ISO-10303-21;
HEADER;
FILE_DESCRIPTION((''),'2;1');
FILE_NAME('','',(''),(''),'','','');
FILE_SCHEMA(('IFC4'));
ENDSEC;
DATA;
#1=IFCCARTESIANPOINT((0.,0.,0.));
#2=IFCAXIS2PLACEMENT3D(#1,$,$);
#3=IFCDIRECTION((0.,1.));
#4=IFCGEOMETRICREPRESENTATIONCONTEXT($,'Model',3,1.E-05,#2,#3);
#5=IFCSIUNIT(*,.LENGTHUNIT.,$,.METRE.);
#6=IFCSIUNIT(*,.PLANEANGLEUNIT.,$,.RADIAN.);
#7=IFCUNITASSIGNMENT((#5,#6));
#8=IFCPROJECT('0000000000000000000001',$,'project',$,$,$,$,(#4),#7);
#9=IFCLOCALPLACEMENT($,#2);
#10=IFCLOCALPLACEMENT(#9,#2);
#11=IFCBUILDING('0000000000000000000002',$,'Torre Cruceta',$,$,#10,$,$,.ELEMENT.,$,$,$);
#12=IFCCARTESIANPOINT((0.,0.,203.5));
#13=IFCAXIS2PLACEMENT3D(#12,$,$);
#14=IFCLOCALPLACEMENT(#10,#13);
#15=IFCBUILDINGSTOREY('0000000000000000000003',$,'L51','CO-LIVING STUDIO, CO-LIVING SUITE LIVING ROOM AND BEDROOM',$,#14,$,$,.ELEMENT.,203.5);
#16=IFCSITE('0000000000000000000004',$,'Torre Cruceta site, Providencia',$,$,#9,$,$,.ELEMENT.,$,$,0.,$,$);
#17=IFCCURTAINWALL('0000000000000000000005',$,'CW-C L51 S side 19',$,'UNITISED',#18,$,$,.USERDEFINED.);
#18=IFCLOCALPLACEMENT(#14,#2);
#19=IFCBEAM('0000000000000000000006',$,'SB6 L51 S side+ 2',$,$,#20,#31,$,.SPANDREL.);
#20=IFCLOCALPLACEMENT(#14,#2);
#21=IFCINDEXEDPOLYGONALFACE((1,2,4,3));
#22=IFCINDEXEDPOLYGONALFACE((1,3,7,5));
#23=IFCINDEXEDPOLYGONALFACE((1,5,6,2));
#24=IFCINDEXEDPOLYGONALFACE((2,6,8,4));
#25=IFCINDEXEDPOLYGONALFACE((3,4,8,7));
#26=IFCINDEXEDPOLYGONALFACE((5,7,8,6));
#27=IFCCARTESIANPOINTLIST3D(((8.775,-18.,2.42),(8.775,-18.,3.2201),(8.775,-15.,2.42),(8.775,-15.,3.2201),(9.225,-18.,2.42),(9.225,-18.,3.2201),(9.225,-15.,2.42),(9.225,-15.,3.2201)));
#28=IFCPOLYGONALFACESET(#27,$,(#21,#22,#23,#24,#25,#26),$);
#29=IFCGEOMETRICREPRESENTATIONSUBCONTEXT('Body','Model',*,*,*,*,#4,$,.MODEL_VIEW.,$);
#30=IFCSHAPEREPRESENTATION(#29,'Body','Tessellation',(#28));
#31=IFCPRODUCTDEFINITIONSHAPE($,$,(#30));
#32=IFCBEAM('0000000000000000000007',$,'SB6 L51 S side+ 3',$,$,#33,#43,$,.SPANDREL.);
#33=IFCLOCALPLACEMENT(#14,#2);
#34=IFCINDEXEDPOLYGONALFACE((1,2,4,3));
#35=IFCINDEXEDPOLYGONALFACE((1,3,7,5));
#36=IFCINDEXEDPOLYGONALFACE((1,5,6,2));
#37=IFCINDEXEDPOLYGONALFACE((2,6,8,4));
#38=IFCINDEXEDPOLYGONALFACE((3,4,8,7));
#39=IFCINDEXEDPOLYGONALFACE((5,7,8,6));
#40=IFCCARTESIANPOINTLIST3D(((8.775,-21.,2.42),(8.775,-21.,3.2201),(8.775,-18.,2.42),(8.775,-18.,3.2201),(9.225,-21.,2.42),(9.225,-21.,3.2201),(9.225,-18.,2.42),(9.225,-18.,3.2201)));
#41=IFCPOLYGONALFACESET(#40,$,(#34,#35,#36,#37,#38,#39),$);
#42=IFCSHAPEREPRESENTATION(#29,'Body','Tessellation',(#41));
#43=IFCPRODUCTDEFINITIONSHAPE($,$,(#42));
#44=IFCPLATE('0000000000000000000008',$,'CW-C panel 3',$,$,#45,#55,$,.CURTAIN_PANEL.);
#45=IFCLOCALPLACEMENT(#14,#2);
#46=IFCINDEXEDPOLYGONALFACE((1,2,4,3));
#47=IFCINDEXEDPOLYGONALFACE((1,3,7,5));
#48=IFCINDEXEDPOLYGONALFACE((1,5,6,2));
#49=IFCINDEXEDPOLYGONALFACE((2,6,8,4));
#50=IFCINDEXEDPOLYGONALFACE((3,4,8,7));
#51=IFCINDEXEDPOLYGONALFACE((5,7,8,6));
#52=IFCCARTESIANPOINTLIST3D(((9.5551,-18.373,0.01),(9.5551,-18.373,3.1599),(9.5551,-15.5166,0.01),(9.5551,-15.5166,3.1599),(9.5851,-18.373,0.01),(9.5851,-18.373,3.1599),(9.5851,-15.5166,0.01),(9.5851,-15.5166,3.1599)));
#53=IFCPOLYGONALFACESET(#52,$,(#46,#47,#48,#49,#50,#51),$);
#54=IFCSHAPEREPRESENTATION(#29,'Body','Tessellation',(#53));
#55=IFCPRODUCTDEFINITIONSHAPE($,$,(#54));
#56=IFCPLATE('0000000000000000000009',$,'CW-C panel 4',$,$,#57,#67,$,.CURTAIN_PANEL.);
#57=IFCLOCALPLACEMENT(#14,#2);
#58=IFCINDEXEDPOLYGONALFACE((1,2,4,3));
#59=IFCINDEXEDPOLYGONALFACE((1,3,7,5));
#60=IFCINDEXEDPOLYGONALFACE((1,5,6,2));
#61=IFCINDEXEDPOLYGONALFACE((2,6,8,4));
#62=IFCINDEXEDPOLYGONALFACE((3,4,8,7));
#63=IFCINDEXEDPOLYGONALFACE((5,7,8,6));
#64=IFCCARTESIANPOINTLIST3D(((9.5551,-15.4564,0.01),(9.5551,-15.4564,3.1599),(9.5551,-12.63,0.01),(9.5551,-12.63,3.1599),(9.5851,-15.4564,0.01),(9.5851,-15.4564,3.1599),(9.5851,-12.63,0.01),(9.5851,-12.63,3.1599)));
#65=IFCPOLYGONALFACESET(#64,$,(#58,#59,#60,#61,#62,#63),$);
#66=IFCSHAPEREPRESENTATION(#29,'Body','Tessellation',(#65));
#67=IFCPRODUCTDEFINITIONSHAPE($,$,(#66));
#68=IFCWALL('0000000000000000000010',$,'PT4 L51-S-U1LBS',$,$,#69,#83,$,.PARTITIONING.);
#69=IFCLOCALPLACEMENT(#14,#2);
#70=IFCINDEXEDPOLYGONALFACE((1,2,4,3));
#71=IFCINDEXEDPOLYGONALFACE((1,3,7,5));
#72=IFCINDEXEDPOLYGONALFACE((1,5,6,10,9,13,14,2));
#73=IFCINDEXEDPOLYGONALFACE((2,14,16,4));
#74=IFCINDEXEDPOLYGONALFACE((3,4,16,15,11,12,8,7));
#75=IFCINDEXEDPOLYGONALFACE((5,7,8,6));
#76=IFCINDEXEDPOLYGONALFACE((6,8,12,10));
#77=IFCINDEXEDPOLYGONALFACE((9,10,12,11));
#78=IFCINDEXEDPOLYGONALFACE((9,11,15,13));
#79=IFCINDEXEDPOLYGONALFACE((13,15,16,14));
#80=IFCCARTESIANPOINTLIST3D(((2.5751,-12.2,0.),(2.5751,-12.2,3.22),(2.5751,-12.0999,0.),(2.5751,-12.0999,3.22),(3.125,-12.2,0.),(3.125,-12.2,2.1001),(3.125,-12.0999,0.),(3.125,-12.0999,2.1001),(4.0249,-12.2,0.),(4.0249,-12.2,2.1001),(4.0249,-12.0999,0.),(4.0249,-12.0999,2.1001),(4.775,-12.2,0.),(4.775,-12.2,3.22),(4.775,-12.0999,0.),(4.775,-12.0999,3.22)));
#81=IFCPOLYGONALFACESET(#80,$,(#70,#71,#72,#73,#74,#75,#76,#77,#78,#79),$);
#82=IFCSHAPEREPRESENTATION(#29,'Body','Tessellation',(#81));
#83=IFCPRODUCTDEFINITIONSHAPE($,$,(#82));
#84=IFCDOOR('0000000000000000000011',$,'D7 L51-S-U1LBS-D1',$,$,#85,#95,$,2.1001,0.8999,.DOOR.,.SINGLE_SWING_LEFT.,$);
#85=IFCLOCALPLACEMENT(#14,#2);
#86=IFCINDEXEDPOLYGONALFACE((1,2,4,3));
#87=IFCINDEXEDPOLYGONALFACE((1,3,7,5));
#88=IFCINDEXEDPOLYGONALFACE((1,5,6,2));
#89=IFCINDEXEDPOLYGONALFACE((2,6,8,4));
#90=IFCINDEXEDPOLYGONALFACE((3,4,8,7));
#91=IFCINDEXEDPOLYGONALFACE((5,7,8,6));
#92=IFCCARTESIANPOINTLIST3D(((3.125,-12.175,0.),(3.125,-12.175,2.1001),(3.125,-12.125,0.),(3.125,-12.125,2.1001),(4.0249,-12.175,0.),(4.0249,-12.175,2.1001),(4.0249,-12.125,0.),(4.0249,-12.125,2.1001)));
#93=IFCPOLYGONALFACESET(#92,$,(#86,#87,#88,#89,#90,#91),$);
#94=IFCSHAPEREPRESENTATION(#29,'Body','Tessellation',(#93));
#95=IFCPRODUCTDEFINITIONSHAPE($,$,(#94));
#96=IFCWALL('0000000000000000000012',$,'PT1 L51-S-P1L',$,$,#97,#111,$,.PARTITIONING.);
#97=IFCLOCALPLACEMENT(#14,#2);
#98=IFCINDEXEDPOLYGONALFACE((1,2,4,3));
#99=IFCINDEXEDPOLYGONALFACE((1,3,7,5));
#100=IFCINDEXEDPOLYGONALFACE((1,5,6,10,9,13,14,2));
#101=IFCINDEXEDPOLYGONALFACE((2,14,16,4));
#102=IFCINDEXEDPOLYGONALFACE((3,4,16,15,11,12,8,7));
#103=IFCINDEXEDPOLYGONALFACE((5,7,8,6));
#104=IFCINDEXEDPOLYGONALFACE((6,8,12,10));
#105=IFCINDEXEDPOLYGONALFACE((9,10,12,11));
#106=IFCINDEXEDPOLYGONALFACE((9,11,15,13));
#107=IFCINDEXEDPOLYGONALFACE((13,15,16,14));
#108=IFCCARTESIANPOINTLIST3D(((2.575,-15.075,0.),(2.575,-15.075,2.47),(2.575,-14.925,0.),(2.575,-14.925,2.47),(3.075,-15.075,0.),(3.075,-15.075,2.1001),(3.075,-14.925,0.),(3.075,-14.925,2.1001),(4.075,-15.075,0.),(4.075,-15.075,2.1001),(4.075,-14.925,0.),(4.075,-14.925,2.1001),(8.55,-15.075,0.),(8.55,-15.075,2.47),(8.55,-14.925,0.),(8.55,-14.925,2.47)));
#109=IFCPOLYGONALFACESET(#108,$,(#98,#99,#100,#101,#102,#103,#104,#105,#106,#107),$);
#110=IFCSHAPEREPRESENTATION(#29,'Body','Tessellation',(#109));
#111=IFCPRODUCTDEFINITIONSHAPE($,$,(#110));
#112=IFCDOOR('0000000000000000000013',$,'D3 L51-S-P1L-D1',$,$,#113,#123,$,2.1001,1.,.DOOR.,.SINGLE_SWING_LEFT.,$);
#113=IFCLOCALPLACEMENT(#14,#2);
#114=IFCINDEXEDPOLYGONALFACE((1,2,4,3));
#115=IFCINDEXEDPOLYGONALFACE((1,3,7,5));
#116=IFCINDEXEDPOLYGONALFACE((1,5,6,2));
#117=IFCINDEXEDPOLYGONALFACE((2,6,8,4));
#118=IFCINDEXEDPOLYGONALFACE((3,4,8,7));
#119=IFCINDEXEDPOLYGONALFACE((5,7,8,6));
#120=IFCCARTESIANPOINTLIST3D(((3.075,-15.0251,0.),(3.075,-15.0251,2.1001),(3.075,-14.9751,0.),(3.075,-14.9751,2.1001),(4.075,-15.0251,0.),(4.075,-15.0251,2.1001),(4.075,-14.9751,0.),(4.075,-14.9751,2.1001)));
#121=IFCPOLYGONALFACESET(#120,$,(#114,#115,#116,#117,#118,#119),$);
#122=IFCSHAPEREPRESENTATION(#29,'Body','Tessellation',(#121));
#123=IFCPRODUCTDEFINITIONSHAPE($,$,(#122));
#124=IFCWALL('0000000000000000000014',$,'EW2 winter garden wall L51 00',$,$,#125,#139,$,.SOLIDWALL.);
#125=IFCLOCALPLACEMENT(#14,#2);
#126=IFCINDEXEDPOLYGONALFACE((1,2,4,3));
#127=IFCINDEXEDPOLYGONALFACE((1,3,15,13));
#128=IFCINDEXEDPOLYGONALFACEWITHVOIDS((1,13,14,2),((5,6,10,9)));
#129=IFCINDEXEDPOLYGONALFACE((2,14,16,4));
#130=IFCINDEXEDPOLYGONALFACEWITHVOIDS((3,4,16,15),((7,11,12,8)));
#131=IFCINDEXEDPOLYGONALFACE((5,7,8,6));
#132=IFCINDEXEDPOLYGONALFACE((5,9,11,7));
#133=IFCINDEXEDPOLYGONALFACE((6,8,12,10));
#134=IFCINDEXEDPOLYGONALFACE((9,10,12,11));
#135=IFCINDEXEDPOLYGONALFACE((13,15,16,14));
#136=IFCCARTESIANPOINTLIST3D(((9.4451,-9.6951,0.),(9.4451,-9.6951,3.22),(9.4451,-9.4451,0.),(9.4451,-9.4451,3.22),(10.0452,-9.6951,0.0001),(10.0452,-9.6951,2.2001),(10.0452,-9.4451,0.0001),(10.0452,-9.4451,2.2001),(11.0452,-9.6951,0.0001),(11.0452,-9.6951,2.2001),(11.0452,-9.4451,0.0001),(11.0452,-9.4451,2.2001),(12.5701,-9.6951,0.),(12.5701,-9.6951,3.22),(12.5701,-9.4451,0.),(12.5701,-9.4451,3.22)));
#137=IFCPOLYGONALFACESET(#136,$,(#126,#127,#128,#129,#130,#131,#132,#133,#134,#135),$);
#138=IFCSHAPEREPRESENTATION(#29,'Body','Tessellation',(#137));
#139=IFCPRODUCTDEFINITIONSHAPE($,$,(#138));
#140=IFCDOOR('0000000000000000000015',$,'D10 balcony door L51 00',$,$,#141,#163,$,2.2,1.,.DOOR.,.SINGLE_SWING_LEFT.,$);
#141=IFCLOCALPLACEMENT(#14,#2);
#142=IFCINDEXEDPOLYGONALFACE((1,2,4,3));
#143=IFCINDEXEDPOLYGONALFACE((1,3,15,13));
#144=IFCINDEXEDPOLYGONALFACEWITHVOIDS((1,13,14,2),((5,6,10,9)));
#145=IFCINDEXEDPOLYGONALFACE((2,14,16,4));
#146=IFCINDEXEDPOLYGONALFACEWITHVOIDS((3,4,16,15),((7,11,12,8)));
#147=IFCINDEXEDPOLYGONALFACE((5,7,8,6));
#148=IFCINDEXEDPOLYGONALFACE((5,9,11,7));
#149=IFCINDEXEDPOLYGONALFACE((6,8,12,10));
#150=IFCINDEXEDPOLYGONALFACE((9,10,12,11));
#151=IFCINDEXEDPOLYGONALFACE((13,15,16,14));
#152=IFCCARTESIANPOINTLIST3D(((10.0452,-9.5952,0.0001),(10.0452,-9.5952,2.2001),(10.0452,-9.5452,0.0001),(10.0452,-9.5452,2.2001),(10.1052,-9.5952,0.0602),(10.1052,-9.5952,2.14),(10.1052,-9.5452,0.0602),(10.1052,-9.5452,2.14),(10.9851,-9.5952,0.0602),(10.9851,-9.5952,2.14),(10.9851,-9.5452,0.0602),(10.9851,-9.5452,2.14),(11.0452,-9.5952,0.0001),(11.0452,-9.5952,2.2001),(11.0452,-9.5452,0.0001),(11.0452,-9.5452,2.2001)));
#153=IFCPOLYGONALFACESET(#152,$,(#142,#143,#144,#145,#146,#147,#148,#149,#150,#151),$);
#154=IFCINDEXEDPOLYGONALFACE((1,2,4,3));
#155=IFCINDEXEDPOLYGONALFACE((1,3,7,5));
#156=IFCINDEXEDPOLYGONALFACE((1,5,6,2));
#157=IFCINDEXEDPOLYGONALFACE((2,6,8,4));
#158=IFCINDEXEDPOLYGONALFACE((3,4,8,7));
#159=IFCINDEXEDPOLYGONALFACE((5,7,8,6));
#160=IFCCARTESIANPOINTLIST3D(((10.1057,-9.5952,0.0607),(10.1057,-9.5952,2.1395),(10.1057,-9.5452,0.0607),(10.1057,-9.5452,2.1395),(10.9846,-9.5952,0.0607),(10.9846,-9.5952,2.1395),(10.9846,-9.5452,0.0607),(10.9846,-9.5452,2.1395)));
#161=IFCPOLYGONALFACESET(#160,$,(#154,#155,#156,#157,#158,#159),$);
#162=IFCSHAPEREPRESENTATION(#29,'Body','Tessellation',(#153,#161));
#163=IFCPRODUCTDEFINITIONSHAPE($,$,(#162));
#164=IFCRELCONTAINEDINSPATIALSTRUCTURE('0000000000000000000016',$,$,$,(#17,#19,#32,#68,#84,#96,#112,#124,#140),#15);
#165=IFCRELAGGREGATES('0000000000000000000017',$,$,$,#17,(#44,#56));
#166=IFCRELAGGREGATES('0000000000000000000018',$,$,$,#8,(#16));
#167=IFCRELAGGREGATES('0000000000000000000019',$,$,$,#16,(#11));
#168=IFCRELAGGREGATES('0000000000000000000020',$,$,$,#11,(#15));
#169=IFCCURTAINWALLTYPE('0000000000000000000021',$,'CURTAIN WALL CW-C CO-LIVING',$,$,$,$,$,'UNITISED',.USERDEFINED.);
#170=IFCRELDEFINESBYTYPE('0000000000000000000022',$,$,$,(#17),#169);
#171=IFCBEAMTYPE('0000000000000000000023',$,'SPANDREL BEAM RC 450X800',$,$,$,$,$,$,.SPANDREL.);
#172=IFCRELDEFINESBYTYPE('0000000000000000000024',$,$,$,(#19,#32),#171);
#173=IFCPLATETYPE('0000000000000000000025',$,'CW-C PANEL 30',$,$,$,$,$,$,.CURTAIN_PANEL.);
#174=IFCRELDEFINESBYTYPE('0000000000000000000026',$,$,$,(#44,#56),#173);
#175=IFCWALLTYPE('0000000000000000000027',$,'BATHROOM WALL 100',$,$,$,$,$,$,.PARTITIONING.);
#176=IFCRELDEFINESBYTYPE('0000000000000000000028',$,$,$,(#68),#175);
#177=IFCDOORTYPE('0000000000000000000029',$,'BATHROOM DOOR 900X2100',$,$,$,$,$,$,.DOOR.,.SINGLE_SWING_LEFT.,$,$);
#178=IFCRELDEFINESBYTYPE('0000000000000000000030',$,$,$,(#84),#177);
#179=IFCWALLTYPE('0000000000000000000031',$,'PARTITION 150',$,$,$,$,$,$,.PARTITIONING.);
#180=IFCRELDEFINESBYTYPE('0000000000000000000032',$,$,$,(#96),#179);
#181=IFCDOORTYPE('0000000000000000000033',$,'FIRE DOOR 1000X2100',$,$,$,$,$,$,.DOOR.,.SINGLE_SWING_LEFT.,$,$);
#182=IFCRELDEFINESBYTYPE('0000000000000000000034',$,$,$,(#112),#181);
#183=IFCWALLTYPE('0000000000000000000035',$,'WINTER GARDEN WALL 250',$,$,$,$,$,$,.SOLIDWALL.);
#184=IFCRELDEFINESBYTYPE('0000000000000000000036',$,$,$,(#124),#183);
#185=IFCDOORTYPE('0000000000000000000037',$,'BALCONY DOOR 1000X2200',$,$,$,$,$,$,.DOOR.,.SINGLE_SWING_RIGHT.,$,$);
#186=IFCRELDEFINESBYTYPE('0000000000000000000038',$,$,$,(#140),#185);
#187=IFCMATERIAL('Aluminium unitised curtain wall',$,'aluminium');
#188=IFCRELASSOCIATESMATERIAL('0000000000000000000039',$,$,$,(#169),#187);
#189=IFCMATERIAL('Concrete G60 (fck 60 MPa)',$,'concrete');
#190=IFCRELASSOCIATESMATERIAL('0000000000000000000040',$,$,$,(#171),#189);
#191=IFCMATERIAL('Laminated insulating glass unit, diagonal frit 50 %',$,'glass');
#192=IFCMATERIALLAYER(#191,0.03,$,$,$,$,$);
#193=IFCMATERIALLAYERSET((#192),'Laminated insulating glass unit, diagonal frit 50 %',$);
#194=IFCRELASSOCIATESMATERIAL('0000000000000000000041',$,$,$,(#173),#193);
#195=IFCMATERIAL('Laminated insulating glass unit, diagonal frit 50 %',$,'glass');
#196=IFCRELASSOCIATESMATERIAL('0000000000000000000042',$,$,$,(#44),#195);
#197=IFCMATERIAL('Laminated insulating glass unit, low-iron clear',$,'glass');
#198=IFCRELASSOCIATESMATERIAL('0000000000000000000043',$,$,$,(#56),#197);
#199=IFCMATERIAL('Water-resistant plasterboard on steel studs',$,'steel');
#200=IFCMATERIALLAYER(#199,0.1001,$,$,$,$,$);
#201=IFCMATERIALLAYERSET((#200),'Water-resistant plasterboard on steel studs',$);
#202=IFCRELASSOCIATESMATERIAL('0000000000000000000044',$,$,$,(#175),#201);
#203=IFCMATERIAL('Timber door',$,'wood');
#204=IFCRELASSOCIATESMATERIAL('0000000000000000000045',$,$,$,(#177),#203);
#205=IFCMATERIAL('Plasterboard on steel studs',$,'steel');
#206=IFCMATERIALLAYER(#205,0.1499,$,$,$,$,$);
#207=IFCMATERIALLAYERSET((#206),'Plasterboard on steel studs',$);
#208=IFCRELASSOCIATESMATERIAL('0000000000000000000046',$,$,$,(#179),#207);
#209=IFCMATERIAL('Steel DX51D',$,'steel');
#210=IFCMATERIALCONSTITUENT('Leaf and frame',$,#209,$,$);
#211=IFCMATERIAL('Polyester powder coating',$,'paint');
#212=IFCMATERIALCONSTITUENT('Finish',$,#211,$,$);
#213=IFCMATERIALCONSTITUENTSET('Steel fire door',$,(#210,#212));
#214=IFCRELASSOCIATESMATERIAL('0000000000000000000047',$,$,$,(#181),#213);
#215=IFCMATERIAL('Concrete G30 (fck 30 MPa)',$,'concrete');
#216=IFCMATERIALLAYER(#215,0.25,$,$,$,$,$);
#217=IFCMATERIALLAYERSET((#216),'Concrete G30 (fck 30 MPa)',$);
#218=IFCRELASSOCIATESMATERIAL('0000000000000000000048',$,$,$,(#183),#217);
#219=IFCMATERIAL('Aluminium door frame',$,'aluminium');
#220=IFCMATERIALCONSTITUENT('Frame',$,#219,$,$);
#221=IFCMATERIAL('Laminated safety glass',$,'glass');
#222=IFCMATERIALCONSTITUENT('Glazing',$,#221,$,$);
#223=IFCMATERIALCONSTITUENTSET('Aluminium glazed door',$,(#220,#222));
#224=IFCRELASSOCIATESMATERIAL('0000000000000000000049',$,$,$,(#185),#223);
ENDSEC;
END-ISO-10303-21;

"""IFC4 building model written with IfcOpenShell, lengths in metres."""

from ifc_helpers import new_model, si_unit, direction, frame, frame_2d, origin, origin_2d, place, context, subcontext, project, spatial, rectangle, hollow_rectangle, extrude, material, layer, layer_set, constituent, constituent_set, material_profile, profile_set, type_object, element, fill, aggregate, save


model = new_model("IFC4")

# Units and contexts
model_context = context("Model", 3, precision=1e-05, world=origin(), true_north=direction((0.0, 1.0)))
body_context = subcontext(model_context, "Body", "Model", "MODEL_VIEW")
ifc_project = project(units=[si_unit("LENGTHUNIT", "METRE"), si_unit("PLANEANGLEUNIT", "RADIAN")], contexts=[model_context])

# Site, building, storey
site_placement = place(None, origin())
site = spatial("IfcSite", under=ifc_project, at=site_placement, Name="Torre Cruceta site, Providencia", CompositionType="ELEMENT", RefElevation=0.0)
building_placement = place(site_placement, origin())
building = spatial("IfcBuilding", under=site, at=building_placement, Name="Torre Cruceta", CompositionType="ELEMENT")
storey_placement = place(building_placement, frame((0.0, 0.0, 203.5)))
storey = spatial("IfcBuildingStorey", under=building, at=storey_placement, Name="L51", Description="CO-LIVING STUDIO, CO-LIVING SUITE LIVING ROOM AND BEDROOM", CompositionType="ELEMENT", Elevation=203.5)

# Curtain wall
ifc_material_1 = material(Name="Aluminium unitised curtain wall", Category="aluminium")
curtain_wall_type = type_object("IfcCurtainWallType", Name="CURTAIN WALL CW-C CO-LIVING", ElementType="UNITISED", PredefinedType="USERDEFINED", material=ifc_material_1)
curtain_wall_placement = place(storey_placement, origin())
curtain_wall = element("IfcCurtainWall", 1, at=curtain_wall_placement, inside=storey, type_object=curtain_wall_type, Name="CW-C L51 S side 19", ObjectType="UNITISED", PredefinedType="USERDEFINED")

# Beams
ifc_material_2 = material(Name="Concrete G60 (fck 60 MPa)", Category="concrete")
ifc_material_profile_1 = material_profile(ifc_material_2, rectangle(XDim=0.45, YDim=0.8, at=origin_2d()), Name="RC 450X800")
ifc_profile_set_1 = profile_set([ifc_material_profile_1], Name="Concrete G60 (fck 60 MPa)")
beam_type_1 = type_object("IfcBeamType", Name="SPANDREL BEAM RC 450X800", PredefinedType="SPANDREL", material=ifc_profile_set_1)
for number, where, z_axis, x_axis, name in (
    (2, (9.0, -15.0, 2.8201), (0.0, -1.0, 0.0), (1.0, 0.0, 0.0), "SB6 L51 S side+ 2"),
    (3, (9.0, -18.0, 2.8201), (0.0, -1.0, 0.0), (1.0, 0.0, 0.0), "SB6 L51 S side+ 3"),
):
    element("IfcBeam", number, at=place(storey_placement, frame(where, z_axis=z_axis, x_axis=x_axis)), inside=storey, type_object=beam_type_1, Name=name, PredefinedType="SPANDREL", context=body_context, shape_type="SweptSolid", body=[
        extrude(rectangle(XDim=0.45, YDim=0.8, at=origin_2d()), origin(), (0.0, 0.0, 1.0), 3.0),
    ])

# Plates
ifc_material_3 = material(Name="Laminated insulating glass unit, diagonal frit 50 %", Category="glass")
ifc_material_4 = material(Name="Laminated insulating glass unit, diagonal frit 50 %", Category="glass")
ifc_layer_1 = layer(ifc_material_4, 0.03)
ifc_layer_set_1 = layer_set([ifc_layer_1], Name="Laminated insulating glass unit, diagonal frit 50 %")
plate_type = type_object("IfcPlateType", Name="CW-C PANEL 30", PredefinedType="CURTAIN_PANEL", material=ifc_layer_set_1)
plate_1_placement = place(storey_placement, frame((9.5701, -16.9448, 0.01), z_axis=(0.0, 0.0, 1.0), x_axis=(0.0, 1.0, 0.0)))
plate_1 = element("IfcPlate", 4, at=plate_1_placement, type_object=plate_type, material=ifc_material_3, Name="CW-C panel 3", PredefinedType="CURTAIN_PANEL", context=body_context, shape_type="SweptSolid", body=[
    extrude(rectangle(XDim=2.8564, YDim=0.03, at=origin_2d()), origin(), (0.0, 0.0, 1.0), 3.1499),
])
ifc_material_5 = material(Name="Laminated insulating glass unit, low-iron clear", Category="glass")
plate_2_placement = place(storey_placement, frame((9.5701, -14.0432, 0.01), z_axis=(0.0, 0.0, 1.0), x_axis=(0.0, 1.0, 0.0)))
plate_2 = element("IfcPlate", 5, at=plate_2_placement, type_object=plate_type, material=ifc_material_5, Name="CW-C panel 4", PredefinedType="CURTAIN_PANEL", context=body_context, shape_type="SweptSolid", body=[
    extrude(rectangle(XDim=2.8264, YDim=0.03, at=origin_2d()), origin(), (0.0, 0.0, 1.0), 3.1499),
])
aggregate(curtain_wall, [plate_1, plate_2])

# Walls, openings, doors
ifc_material_6 = material(Name="Water-resistant plasterboard on steel studs", Category="steel")
ifc_layer_2 = layer(ifc_material_6, 0.1001)
ifc_layer_set_2 = layer_set([ifc_layer_2], Name="Water-resistant plasterboard on steel studs")
wall_type_1 = type_object("IfcWallType", Name="BATHROOM WALL 100", PredefinedType="PARTITIONING", material=ifc_layer_set_2)
wall_1_placement = place(storey_placement, frame((2.575, -12.1499, 0.0), z_axis=(0.0, 0.0, 1.0), x_axis=(1.0, 0.0, 0.0)))
wall_1 = element("IfcWall", 6, at=wall_1_placement, inside=storey, type_object=wall_type_1, Name="PT4 L51-S-U1LBS", PredefinedType="PARTITIONING", context=body_context, shape_type="SweptSolid", body=[
    extrude(rectangle(XDim=2.2, YDim=0.1001, at=frame_2d((1.1001, 0.0))), origin(), (0.0, 0.0, 1.0), 3.22),
])
opening_1_placement = place(wall_1_placement, frame((0.55, 0.0, 0.0)))
opening_1 = element("IfcOpeningElement", 7, at=opening_1_placement, cuts=wall_1, PredefinedType="OPENING", context=body_context, shape_type="SweptSolid", body=[
    extrude(rectangle(XDim=0.8999, YDim=2.1001, at=frame_2d((0.45, 1.05))), frame((0.0, 0.0601, 0.0), z_axis=(0.0, -1.0, 0.0), x_axis=(1.0, 0.0, 0.0)), (0.0, 0.0, 1.0), 0.1201),
])
ifc_material_7 = material(Name="Timber door", Category="wood")
door_type_1 = type_object("IfcDoorType", Name="BATHROOM DOOR 900X2100", OperationType="SINGLE_SWING_LEFT", PredefinedType="DOOR", material=ifc_material_7)
door_1_placement = place(opening_1_placement, origin())
door_1 = element("IfcDoor", 8, at=door_1_placement, inside=storey, type_object=door_type_1, Name="D7 L51-S-U1LBS-D1", OperationType="SINGLE_SWING_LEFT", OverallHeight=2.1001, OverallWidth=0.8999, PredefinedType="DOOR", context=body_context, shape_type="SweptSolid", body=[
    extrude(rectangle(XDim=0.8999, YDim=2.1001, at=frame_2d((0.45, 1.05))), frame((0.0, 0.0249, 0.0), z_axis=(0.0, -1.0, 0.0), x_axis=(1.0, 0.0, 0.0)), (0.0, 0.0, 1.0), 0.05),
])
fill(opening_1, door_1)
ifc_material_8 = material(Name="Plasterboard on steel studs", Category="steel")
ifc_layer_3 = layer(ifc_material_8, 0.1499)
ifc_layer_set_3 = layer_set([ifc_layer_3], Name="Plasterboard on steel studs")
wall_type_2 = type_object("IfcWallType", Name="PARTITION 150", PredefinedType="PARTITIONING", material=ifc_layer_set_3)
wall_2_placement = place(storey_placement, frame((2.575, -15.0, 0.0), z_axis=(0.0, 0.0, 1.0), x_axis=(1.0, 0.0, 0.0)))
wall_2 = element("IfcWall", 9, at=wall_2_placement, inside=storey, type_object=wall_type_2, Name="PT1 L51-S-P1L", PredefinedType="PARTITIONING", context=body_context, shape_type="SweptSolid", body=[
    extrude(rectangle(XDim=5.9751, YDim=0.1499, at=frame_2d((2.9875, 0.0))), origin(), (0.0, 0.0, 1.0), 2.47),
])
opening_2_placement = place(wall_2_placement, frame((0.5, 0.0, 0.0)))
opening_2 = element("IfcOpeningElement", 10, at=opening_2_placement, cuts=wall_2, PredefinedType="OPENING", context=body_context, shape_type="SweptSolid", body=[
    extrude(rectangle(XDim=1.0, YDim=2.1001, at=frame_2d((0.5, 1.05))), frame((0.0, 0.085, 0.0), z_axis=(0.0, -1.0, 0.0), x_axis=(1.0, 0.0, 0.0)), (0.0, 0.0, 1.0), 0.1699),
])
ifc_material_9 = material(Name="Steel DX51D", Category="steel")
ifc_constituent_1 = constituent(ifc_material_9, Name="Leaf and frame")
ifc_material_10 = material(Name="Polyester powder coating", Category="paint")
ifc_constituent_2 = constituent(ifc_material_10, Name="Finish")
ifc_constituent_set_1 = constituent_set(constituents=[ifc_constituent_1, ifc_constituent_2], Name="Steel fire door")
door_type_2 = type_object("IfcDoorType", Name="FIRE DOOR 1000X2100", OperationType="SINGLE_SWING_LEFT", PredefinedType="DOOR", material=ifc_constituent_set_1)
door_2_placement = place(opening_2_placement, origin())
door_2 = element("IfcDoor", 11, at=door_2_placement, inside=storey, type_object=door_type_2, Name="D3 L51-S-P1L-D1", OperationType="SINGLE_SWING_LEFT", OverallHeight=2.1001, OverallWidth=1.0, PredefinedType="DOOR", context=body_context, shape_type="SweptSolid", body=[
    extrude(rectangle(XDim=1.0, YDim=2.1001, at=frame_2d((0.5, 1.05))), frame((0.0, 0.0249, 0.0), z_axis=(0.0, -1.0, 0.0), x_axis=(1.0, 0.0, 0.0)), (0.0, 0.0, 1.0), 0.05),
])
fill(opening_2, door_2)
ifc_material_11 = material(Name="Concrete G30 (fck 30 MPa)", Category="concrete")
ifc_layer_4 = layer(ifc_material_11, 0.25)
ifc_layer_set_4 = layer_set([ifc_layer_4], Name="Concrete G30 (fck 30 MPa)")
wall_type_3 = type_object("IfcWallType", Name="WINTER GARDEN WALL 250", PredefinedType="SOLIDWALL", material=ifc_layer_set_4)
wall_3_placement = place(storey_placement, frame((9.4451, -9.5701, 0.0), z_axis=(0.0, 0.0, 1.0), x_axis=(1.0, 0.0, 0.0)))
wall_3 = element("IfcWall", 12, at=wall_3_placement, inside=storey, type_object=wall_type_3, Name="EW2 winter garden wall L51 00", PredefinedType="SOLIDWALL", context=body_context, shape_type="SweptSolid", body=[
    extrude(rectangle(XDim=3.125, YDim=0.25, at=frame_2d((1.5625, 0.0))), origin(), (0.0, 0.0, 1.0), 3.22),
])
opening_3_placement = place(wall_3_placement, frame((0.6001, 0.0, 0.0)))
opening_3 = element("IfcOpeningElement", 13, at=opening_3_placement, cuts=wall_3, PredefinedType="OPENING", context=body_context, shape_type="SweptSolid", body=[
    extrude(rectangle(XDim=1.0, YDim=2.2, at=frame_2d((0.5, 1.1001))), frame((0.0, 0.135, 0.0), z_axis=(0.0, -1.0, 0.0), x_axis=(1.0, 0.0, 0.0)), (0.0, 0.0, 1.0), 0.27),
])
ifc_material_12 = material(Name="Aluminium door frame", Category="aluminium")
ifc_constituent_3 = constituent(ifc_material_12, Name="Frame")
ifc_material_13 = material(Name="Laminated safety glass", Category="glass")
ifc_constituent_4 = constituent(ifc_material_13, Name="Glazing")
ifc_constituent_set_2 = constituent_set(constituents=[ifc_constituent_3, ifc_constituent_4], Name="Aluminium glazed door")
door_type_3 = type_object("IfcDoorType", Name="BALCONY DOOR 1000X2200", OperationType="SINGLE_SWING_RIGHT", PredefinedType="DOOR", material=ifc_constituent_set_2)
door_3_placement = place(opening_3_placement, origin())
door_3 = element("IfcDoor", 14, at=door_3_placement, inside=storey, type_object=door_type_3, Name="D10 balcony door L51 00", OperationType="SINGLE_SWING_LEFT", OverallHeight=2.2, OverallWidth=1.0, PredefinedType="DOOR", context=body_context, shape_type="SweptSolid", body=[
    extrude(hollow_rectangle(XDim=1.0, YDim=2.2, WallThickness=0.0601, at=frame_2d((0.5, 1.1001))), frame((0.0, 0.0249, 0.0), z_axis=(0.0, -1.0, 0.0), x_axis=(1.0, 0.0, 0.0)), (0.0, 0.0, 1.0), 0.05),
    extrude(rectangle(XDim=0.8789, YDim=2.0789, at=frame_2d((0.5, 1.1001))), frame((0.0, 0.0249, 0.0), z_axis=(0.0, -1.0, 0.0), x_axis=(1.0, 0.0, 0.0)), (0.0, 0.0, 1.0), 0.05),
])
fill(opening_3, door_3)

save(model, "model.ifc")
